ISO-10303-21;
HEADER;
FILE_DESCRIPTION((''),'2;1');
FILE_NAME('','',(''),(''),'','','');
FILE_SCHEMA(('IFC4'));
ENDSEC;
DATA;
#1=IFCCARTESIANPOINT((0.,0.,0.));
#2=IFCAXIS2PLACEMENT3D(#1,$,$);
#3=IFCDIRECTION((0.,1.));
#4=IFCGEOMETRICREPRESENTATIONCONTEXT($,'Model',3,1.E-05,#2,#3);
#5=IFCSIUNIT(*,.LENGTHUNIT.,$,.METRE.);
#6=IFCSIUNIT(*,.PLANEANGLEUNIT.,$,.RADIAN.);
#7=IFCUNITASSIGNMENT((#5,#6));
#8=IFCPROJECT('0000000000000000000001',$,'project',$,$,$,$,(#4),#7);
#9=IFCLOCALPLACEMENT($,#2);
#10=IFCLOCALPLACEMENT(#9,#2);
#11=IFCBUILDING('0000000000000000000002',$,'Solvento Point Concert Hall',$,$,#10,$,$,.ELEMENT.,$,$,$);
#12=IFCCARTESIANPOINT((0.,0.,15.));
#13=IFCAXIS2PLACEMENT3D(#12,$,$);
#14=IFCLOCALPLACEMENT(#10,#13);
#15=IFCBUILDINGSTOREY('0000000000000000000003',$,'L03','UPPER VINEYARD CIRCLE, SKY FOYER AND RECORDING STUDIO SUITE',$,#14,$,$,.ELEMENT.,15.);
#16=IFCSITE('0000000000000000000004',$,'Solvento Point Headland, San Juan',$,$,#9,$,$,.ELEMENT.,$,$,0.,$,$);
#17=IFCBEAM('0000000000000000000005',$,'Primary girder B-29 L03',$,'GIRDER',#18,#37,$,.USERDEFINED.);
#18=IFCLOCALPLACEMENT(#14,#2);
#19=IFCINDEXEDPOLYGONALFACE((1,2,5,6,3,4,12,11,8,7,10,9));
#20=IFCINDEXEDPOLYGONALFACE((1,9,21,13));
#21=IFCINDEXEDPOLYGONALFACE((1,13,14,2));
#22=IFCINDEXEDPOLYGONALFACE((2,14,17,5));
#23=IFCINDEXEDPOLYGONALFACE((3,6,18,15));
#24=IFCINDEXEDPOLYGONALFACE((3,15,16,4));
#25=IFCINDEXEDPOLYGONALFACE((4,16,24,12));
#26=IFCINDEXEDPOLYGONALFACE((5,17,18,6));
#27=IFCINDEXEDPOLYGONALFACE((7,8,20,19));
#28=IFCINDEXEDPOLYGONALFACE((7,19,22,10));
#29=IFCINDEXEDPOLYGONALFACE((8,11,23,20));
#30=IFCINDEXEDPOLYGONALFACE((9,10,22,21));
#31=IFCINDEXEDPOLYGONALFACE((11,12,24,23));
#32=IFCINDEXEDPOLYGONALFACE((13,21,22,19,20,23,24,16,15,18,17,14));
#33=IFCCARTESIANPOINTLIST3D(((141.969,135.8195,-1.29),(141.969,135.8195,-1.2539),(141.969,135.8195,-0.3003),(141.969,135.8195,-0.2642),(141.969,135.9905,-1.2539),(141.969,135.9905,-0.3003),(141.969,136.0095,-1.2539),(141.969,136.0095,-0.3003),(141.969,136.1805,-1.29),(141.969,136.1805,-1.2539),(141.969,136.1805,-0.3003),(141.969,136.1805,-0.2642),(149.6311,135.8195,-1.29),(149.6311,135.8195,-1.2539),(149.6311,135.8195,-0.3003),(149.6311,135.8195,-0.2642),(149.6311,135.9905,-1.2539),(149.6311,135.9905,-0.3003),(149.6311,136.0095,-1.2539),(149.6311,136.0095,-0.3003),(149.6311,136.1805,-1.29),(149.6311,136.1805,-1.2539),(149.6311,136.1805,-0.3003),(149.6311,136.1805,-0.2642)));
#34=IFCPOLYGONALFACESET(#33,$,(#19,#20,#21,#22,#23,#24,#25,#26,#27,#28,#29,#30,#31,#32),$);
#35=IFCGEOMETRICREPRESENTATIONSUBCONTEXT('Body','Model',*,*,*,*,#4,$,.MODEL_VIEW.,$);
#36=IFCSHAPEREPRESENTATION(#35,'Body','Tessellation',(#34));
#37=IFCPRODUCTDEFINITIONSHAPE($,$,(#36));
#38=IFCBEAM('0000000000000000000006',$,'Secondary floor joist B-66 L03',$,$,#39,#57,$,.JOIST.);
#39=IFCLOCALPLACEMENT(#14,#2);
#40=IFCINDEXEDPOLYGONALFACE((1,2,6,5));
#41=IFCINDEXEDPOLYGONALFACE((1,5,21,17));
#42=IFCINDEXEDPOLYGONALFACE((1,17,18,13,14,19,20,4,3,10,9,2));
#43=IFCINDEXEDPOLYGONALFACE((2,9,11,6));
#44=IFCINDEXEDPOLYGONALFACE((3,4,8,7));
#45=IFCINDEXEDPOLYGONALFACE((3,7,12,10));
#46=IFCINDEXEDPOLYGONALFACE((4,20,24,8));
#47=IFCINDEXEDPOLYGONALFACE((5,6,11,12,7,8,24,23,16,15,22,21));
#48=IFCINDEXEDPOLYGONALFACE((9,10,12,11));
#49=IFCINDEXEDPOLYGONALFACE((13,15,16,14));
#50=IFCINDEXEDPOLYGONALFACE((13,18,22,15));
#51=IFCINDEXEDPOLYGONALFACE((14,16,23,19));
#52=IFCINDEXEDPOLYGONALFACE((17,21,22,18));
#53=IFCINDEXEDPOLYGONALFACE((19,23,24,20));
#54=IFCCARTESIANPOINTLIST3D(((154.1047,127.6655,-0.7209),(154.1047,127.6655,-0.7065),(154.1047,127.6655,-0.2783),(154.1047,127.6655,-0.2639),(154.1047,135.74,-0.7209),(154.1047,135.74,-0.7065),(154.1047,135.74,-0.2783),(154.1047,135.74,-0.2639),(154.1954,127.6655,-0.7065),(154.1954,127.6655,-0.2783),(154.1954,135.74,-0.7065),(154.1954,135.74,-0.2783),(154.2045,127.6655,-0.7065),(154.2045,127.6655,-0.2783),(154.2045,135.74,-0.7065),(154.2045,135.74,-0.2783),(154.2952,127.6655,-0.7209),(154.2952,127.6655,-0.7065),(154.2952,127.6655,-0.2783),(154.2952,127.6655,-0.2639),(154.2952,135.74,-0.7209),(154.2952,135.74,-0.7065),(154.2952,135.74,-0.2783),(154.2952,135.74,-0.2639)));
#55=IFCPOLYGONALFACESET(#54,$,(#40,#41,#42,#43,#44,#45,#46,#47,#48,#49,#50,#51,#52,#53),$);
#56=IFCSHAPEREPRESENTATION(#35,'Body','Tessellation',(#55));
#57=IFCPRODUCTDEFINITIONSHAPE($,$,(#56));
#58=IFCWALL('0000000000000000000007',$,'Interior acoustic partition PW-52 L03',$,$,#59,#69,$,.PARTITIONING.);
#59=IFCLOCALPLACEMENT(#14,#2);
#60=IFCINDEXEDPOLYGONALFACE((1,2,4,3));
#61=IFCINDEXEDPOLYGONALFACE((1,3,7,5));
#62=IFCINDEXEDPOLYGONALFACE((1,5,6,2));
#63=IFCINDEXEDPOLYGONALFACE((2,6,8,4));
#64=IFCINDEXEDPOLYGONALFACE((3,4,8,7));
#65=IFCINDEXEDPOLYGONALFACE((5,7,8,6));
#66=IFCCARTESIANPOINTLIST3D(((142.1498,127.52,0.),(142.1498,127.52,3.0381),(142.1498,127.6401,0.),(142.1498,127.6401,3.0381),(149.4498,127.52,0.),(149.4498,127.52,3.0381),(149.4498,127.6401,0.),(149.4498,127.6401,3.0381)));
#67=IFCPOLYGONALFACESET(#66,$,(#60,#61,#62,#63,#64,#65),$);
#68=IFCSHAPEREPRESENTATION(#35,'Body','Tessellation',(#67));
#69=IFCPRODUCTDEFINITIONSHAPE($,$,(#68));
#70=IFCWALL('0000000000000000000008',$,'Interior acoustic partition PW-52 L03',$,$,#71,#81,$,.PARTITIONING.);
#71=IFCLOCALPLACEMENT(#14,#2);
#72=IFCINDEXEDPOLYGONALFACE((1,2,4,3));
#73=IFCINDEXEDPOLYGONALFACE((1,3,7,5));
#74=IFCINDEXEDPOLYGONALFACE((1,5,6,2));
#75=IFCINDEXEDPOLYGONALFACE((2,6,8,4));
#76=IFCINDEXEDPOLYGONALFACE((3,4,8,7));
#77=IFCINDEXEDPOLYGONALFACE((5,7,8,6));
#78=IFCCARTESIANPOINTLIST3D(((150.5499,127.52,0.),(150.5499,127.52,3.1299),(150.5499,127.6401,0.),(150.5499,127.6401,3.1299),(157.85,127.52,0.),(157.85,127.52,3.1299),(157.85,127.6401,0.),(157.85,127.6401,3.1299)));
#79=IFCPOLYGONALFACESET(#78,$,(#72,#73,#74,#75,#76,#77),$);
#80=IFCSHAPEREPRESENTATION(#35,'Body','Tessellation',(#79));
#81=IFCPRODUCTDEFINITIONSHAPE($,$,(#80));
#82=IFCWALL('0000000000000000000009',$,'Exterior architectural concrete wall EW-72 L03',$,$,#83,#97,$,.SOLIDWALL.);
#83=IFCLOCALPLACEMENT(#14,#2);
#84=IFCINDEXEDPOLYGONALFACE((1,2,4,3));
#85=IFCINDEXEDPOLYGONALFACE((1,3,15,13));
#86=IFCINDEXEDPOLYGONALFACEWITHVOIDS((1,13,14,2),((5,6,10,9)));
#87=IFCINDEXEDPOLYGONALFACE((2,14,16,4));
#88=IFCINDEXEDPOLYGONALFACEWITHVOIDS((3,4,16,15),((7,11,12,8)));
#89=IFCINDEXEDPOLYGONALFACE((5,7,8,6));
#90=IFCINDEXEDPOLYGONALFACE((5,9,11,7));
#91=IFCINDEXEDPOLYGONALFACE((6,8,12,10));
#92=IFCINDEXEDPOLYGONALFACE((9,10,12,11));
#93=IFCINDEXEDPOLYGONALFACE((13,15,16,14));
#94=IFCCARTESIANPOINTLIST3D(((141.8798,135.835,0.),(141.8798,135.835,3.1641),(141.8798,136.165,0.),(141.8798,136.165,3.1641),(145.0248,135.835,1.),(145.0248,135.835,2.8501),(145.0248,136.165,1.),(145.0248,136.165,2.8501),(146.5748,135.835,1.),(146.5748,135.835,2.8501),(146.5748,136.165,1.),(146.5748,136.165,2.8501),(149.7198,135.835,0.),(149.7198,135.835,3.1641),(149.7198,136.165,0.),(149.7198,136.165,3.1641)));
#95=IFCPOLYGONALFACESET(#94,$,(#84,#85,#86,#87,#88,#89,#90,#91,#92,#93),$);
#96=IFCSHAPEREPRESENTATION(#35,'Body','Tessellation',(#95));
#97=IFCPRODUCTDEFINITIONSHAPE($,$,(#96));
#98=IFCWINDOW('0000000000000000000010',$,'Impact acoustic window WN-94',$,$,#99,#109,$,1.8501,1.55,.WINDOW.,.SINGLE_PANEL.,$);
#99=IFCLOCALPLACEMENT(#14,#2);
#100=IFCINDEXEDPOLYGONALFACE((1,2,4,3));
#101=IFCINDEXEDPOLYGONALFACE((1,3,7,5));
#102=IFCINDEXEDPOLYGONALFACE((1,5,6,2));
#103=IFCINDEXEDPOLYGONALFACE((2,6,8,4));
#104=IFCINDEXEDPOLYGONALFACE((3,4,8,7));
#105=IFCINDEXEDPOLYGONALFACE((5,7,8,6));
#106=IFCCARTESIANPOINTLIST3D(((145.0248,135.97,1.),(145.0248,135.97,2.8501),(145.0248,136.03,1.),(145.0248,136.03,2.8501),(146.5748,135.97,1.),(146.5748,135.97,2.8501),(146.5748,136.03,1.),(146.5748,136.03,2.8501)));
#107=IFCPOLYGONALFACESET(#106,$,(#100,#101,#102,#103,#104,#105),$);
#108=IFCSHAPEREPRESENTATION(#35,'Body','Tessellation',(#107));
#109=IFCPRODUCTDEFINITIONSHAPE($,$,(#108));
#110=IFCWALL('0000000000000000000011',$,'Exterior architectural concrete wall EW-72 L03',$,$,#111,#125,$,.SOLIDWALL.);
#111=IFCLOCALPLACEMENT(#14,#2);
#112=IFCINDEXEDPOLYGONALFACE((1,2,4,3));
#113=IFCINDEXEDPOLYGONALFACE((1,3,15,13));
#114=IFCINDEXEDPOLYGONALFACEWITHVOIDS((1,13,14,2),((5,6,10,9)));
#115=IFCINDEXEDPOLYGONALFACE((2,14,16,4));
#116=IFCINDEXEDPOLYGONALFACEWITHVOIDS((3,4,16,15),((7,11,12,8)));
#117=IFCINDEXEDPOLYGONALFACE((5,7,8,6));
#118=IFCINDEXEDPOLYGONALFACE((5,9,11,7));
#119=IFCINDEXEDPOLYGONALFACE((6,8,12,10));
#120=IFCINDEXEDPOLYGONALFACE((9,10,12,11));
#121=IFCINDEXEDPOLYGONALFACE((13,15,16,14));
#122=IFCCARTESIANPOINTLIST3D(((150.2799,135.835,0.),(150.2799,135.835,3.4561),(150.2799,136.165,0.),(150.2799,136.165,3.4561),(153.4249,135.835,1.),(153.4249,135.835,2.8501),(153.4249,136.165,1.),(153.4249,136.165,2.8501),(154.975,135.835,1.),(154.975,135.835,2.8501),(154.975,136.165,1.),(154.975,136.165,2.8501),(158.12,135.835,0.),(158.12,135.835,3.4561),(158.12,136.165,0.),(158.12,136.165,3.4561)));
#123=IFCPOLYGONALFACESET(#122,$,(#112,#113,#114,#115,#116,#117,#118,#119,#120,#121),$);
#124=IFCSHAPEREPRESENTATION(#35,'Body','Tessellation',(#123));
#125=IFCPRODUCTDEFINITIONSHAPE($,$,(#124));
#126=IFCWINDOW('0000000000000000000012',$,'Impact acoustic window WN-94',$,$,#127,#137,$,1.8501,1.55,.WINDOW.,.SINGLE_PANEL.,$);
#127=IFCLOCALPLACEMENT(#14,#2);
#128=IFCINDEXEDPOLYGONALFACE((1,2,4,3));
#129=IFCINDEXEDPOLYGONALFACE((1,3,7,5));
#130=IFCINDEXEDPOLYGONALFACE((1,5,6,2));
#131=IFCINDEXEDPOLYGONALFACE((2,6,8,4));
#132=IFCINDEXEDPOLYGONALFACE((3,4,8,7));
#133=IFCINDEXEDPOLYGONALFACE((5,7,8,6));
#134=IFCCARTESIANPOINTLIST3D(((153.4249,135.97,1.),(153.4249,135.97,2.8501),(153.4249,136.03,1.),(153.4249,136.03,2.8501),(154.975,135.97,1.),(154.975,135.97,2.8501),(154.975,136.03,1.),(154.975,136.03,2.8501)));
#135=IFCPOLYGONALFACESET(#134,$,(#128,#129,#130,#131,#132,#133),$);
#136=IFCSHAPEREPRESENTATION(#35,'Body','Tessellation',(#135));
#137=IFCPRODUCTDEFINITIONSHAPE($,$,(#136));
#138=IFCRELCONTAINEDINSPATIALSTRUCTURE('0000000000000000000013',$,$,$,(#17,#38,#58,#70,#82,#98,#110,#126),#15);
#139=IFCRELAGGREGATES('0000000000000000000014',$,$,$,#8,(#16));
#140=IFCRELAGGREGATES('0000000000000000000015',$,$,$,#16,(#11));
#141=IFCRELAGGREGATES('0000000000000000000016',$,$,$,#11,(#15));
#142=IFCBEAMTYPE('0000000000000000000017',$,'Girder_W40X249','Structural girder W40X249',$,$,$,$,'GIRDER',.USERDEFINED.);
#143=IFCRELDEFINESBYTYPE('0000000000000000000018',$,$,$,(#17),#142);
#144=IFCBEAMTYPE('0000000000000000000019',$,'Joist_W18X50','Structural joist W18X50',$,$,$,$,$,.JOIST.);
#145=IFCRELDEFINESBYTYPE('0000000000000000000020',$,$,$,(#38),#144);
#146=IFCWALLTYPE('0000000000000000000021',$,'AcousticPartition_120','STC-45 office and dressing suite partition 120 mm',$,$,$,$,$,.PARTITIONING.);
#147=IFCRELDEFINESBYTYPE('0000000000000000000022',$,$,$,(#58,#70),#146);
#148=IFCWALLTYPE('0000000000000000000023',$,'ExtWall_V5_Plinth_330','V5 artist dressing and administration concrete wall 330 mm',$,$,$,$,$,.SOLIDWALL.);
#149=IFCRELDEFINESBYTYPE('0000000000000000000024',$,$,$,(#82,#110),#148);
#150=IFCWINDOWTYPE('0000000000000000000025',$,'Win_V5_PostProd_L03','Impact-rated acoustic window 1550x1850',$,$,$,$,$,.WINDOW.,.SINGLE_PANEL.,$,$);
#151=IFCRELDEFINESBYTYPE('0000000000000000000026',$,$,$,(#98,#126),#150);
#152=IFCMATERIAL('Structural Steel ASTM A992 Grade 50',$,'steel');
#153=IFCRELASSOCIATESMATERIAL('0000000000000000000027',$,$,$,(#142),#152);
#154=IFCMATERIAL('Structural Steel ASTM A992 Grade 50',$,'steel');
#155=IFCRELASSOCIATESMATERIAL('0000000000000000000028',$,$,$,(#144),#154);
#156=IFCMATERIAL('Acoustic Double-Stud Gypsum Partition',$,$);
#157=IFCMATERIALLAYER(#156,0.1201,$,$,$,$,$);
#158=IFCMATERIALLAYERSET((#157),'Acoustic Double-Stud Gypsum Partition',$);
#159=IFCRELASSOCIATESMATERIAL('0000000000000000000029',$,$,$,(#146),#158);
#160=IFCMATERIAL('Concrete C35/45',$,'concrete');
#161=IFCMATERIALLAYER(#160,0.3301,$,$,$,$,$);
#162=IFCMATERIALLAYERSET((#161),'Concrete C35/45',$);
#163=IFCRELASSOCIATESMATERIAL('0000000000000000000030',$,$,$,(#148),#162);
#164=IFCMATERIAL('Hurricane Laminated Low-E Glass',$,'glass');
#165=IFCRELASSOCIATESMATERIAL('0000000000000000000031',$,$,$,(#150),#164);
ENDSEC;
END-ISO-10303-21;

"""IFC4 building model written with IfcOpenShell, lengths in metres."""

from ifc_helpers import new_model, si_unit, direction, frame, frame_2d, origin, origin_2d, place, context, subcontext, project, spatial, rectangle, i_section, extrude, material, layer, layer_set, material_profile, profile_set, type_object, element, fill, save


model = new_model("IFC4")

# Units and contexts
model_context = context("Model", 3, precision=1e-05, world=origin(), true_north=direction((0.0, 1.0)))
body_context = subcontext(model_context, "Body", "Model", "MODEL_VIEW")
ifc_project = project(units=[si_unit("LENGTHUNIT", "METRE"), si_unit("PLANEANGLEUNIT", "RADIAN")], contexts=[model_context])

# Site, building, storey
site_placement = place(None, origin())
site = spatial("IfcSite", under=ifc_project, at=site_placement, Name="Solvento Point Headland, San Juan", CompositionType="ELEMENT", RefElevation=0.0)
building_placement = place(site_placement, origin())
building = spatial("IfcBuilding", under=site, at=building_placement, Name="Solvento Point Concert Hall", CompositionType="ELEMENT")
storey_placement = place(building_placement, frame((0.0, 0.0, 15.0)))
storey = spatial("IfcBuildingStorey", under=building, at=storey_placement, Name="L03", Description="UPPER VINEYARD CIRCLE, SKY FOYER AND RECORDING STUDIO SUITE", CompositionType="ELEMENT", Elevation=15.0)

# Beams
ifc_material_1 = material(Name="Structural Steel ASTM A992 Grade 50", Category="steel")
ifc_material_profile_1 = material_profile(ifc_material_1, i_section(OverallWidth=0.3611, OverallDepth=1.0259, WebThickness=0.019, FlangeThickness=0.0361, at=origin_2d()), Name="W40X249")
ifc_profile_set_1 = profile_set([ifc_material_profile_1], Name="Structural Steel ASTM A992 Grade 50")
beam_type_1 = type_object("IfcBeamType", Name="Girder_W40X249", Description="Structural girder W40X249", ElementType="GIRDER", PredefinedType="USERDEFINED", material=ifc_profile_set_1)
for number, where, z_axis, x_axis, name in (
    (1, (141.969, 136.0, -0.7771), (1.0, 0.0, 0.0), (0.0, 1.0, 0.0), "Primary girder B-29 L03"),
):
    element("IfcBeam", number, at=place(storey_placement, frame(where, z_axis=z_axis, x_axis=x_axis)), inside=storey, type_object=beam_type_1, Name=name, ObjectType="GIRDER", PredefinedType="USERDEFINED", context=body_context, shape_type="SweptSolid", body=[
        extrude(i_section(OverallWidth=0.3611, OverallDepth=1.0259, WebThickness=0.019, FlangeThickness=0.0361, at=origin_2d()), origin(), (0.0, 0.0, 1.0), 7.6621),
    ])
ifc_material_2 = material(Name="Structural Steel ASTM A992 Grade 50", Category="steel")
ifc_material_profile_2 = material_profile(ifc_material_2, i_section(OverallWidth=0.1904, OverallDepth=0.457, WebThickness=0.009, FlangeThickness=0.0144, at=origin_2d()), Name="W18X50")
ifc_profile_set_2 = profile_set([ifc_material_profile_2], Name="Structural Steel ASTM A992 Grade 50")
beam_type_2 = type_object("IfcBeamType", Name="Joist_W18X50", Description="Structural joist W18X50", PredefinedType="JOIST", material=ifc_profile_set_2)
beam_1_placement = place(storey_placement, frame((154.2, 127.6655, -0.4924), z_axis=(0.0, 1.0, 0.0), x_axis=(-1.0, 0.0, 0.0)))
element("IfcBeam", 2, at=beam_1_placement, inside=storey, type_object=beam_type_2, Name="Secondary floor joist B-66 L03", PredefinedType="JOIST", context=body_context, shape_type="SweptSolid", body=[
    extrude(i_section(OverallWidth=0.1904, OverallDepth=0.457, WebThickness=0.009, FlangeThickness=0.0144, at=origin_2d()), origin(), (0.0, 0.0, 1.0), 8.0745),
])

# Walls
ifc_material_3 = material(Name="Acoustic Double-Stud Gypsum Partition")
ifc_layer_1 = layer(ifc_material_3, 0.1201)
ifc_layer_set_1 = layer_set([ifc_layer_1], Name="Acoustic Double-Stud Gypsum Partition")
wall_type_1 = type_object("IfcWallType", Name="AcousticPartition_120", Description="STC-45 office and dressing suite partition 120 mm", PredefinedType="PARTITIONING", material=ifc_layer_set_1)
wall_1_placement = place(storey_placement, frame((142.1499, 127.5801, 0.0), z_axis=(0.0, 0.0, 1.0), x_axis=(1.0, 0.0, 0.0)))
element("IfcWall", 3, at=wall_1_placement, inside=storey, type_object=wall_type_1, Name="Interior acoustic partition PW-52 L03", PredefinedType="PARTITIONING", context=body_context, shape_type="SweptSolid", body=[
    extrude(rectangle(XDim=7.3, YDim=0.1201, at=frame_2d((3.6499, 0.0))), origin(), (0.0, 0.0, 1.0), 3.0381),
])
wall_2_placement = place(storey_placement, frame((150.55, 127.5801, 0.0), z_axis=(0.0, 0.0, 1.0), x_axis=(1.0, 0.0, 0.0)))
element("IfcWall", 4, at=wall_2_placement, inside=storey, type_object=wall_type_1, Name="Interior acoustic partition PW-52 L03", PredefinedType="PARTITIONING", context=body_context, shape_type="SweptSolid", body=[
    extrude(rectangle(XDim=7.3, YDim=0.1201, at=frame_2d((3.6499, 0.0))), origin(), (0.0, 0.0, 1.0), 3.1299),
])

# Walls, openings, windows
ifc_material_4 = material(Name="Concrete C35/45", Category="concrete")
ifc_layer_2 = layer(ifc_material_4, 0.3301)
ifc_layer_set_2 = layer_set([ifc_layer_2], Name="Concrete C35/45")
wall_type_2 = type_object("IfcWallType", Name="ExtWall_V5_Plinth_330", Description="V5 artist dressing and administration concrete wall 330 mm", PredefinedType="SOLIDWALL", material=ifc_layer_set_2)
wall_3_placement = place(storey_placement, frame((141.8799, 136.0, 0.0), z_axis=(0.0, 0.0, 1.0), x_axis=(1.0, 0.0, 0.0)))
wall_3 = element("IfcWall", 5, at=wall_3_placement, inside=storey, type_object=wall_type_2, Name="Exterior architectural concrete wall EW-72 L03", PredefinedType="SOLIDWALL", context=body_context, shape_type="SweptSolid", body=[
    extrude(rectangle(XDim=7.8401, YDim=0.3301, at=frame_2d((3.9199, 0.0))), origin(), (0.0, 0.0, 1.0), 3.1641),
])
opening_1_placement = place(wall_3_placement, frame((3.145, 0.0, 1.0)))
opening_1 = element("IfcOpeningElement", 6, at=opening_1_placement, cuts=wall_3, PredefinedType="OPENING", context=body_context, shape_type="SweptSolid", body=[
    extrude(rectangle(XDim=1.55, YDim=1.8501, at=frame_2d((0.7749, 0.925))), frame((0.0, 0.175, 0.0), z_axis=(0.0, -1.0, 0.0), x_axis=(1.0, 0.0, 0.0)), (0.0, 0.0, 1.0), 0.3501),
])
ifc_material_5 = material(Name="Hurricane Laminated Low-E Glass", Category="glass")
window_type = type_object("IfcWindowType", Name="Win_V5_PostProd_L03", Description="Impact-rated acoustic window 1550x1850", PartitioningType="SINGLE_PANEL", PredefinedType="WINDOW", material=ifc_material_5)
window_1_placement = place(opening_1_placement, origin())
window_1 = element("IfcWindow", 7, at=window_1_placement, inside=storey, type_object=window_type, Name="Impact acoustic window WN-94", OverallHeight=1.8501, OverallWidth=1.55, PartitioningType="SINGLE_PANEL", PredefinedType="WINDOW", context=body_context, shape_type="SweptSolid", body=[
    extrude(rectangle(XDim=1.55, YDim=1.8501, at=frame_2d((0.7749, 0.925))), frame((0.0, 0.03, 0.0), z_axis=(0.0, -1.0, 0.0), x_axis=(1.0, 0.0, 0.0)), (0.0, 0.0, 1.0), 0.0601),
])
fill(opening_1, window_1)
wall_4_placement = place(storey_placement, frame((150.28, 136.0, 0.0), z_axis=(0.0, 0.0, 1.0), x_axis=(1.0, 0.0, 0.0)))
wall_4 = element("IfcWall", 8, at=wall_4_placement, inside=storey, type_object=wall_type_2, Name="Exterior architectural concrete wall EW-72 L03", PredefinedType="SOLIDWALL", context=body_context, shape_type="SweptSolid", body=[
    extrude(rectangle(XDim=7.8401, YDim=0.3301, at=frame_2d((3.9199, 0.0))), origin(), (0.0, 0.0, 1.0), 3.4561),
])
opening_2_placement = place(wall_4_placement, frame((3.145, 0.0, 1.0)))
opening_2 = element("IfcOpeningElement", 9, at=opening_2_placement, cuts=wall_4, PredefinedType="OPENING", context=body_context, shape_type="SweptSolid", body=[
    extrude(rectangle(XDim=1.55, YDim=1.8501, at=frame_2d((0.7749, 0.925))), frame((0.0, 0.175, 0.0), z_axis=(0.0, -1.0, 0.0), x_axis=(1.0, 0.0, 0.0)), (0.0, 0.0, 1.0), 0.3501),
])
window_2_placement = place(opening_2_placement, origin())
window_2 = element("IfcWindow", 10, at=window_2_placement, inside=storey, type_object=window_type, Name="Impact acoustic window WN-94", OverallHeight=1.8501, OverallWidth=1.55, PartitioningType="SINGLE_PANEL", PredefinedType="WINDOW", context=body_context, shape_type="SweptSolid", body=[
    extrude(rectangle(XDim=1.55, YDim=1.8501, at=frame_2d((0.7749, 0.925))), frame((0.0, 0.03, 0.0), z_axis=(0.0, -1.0, 0.0), x_axis=(1.0, 0.0, 0.0)), (0.0, 0.0, 1.0), 0.0601),
])
fill(opening_2, window_2)

save(model, "model.ifc")
